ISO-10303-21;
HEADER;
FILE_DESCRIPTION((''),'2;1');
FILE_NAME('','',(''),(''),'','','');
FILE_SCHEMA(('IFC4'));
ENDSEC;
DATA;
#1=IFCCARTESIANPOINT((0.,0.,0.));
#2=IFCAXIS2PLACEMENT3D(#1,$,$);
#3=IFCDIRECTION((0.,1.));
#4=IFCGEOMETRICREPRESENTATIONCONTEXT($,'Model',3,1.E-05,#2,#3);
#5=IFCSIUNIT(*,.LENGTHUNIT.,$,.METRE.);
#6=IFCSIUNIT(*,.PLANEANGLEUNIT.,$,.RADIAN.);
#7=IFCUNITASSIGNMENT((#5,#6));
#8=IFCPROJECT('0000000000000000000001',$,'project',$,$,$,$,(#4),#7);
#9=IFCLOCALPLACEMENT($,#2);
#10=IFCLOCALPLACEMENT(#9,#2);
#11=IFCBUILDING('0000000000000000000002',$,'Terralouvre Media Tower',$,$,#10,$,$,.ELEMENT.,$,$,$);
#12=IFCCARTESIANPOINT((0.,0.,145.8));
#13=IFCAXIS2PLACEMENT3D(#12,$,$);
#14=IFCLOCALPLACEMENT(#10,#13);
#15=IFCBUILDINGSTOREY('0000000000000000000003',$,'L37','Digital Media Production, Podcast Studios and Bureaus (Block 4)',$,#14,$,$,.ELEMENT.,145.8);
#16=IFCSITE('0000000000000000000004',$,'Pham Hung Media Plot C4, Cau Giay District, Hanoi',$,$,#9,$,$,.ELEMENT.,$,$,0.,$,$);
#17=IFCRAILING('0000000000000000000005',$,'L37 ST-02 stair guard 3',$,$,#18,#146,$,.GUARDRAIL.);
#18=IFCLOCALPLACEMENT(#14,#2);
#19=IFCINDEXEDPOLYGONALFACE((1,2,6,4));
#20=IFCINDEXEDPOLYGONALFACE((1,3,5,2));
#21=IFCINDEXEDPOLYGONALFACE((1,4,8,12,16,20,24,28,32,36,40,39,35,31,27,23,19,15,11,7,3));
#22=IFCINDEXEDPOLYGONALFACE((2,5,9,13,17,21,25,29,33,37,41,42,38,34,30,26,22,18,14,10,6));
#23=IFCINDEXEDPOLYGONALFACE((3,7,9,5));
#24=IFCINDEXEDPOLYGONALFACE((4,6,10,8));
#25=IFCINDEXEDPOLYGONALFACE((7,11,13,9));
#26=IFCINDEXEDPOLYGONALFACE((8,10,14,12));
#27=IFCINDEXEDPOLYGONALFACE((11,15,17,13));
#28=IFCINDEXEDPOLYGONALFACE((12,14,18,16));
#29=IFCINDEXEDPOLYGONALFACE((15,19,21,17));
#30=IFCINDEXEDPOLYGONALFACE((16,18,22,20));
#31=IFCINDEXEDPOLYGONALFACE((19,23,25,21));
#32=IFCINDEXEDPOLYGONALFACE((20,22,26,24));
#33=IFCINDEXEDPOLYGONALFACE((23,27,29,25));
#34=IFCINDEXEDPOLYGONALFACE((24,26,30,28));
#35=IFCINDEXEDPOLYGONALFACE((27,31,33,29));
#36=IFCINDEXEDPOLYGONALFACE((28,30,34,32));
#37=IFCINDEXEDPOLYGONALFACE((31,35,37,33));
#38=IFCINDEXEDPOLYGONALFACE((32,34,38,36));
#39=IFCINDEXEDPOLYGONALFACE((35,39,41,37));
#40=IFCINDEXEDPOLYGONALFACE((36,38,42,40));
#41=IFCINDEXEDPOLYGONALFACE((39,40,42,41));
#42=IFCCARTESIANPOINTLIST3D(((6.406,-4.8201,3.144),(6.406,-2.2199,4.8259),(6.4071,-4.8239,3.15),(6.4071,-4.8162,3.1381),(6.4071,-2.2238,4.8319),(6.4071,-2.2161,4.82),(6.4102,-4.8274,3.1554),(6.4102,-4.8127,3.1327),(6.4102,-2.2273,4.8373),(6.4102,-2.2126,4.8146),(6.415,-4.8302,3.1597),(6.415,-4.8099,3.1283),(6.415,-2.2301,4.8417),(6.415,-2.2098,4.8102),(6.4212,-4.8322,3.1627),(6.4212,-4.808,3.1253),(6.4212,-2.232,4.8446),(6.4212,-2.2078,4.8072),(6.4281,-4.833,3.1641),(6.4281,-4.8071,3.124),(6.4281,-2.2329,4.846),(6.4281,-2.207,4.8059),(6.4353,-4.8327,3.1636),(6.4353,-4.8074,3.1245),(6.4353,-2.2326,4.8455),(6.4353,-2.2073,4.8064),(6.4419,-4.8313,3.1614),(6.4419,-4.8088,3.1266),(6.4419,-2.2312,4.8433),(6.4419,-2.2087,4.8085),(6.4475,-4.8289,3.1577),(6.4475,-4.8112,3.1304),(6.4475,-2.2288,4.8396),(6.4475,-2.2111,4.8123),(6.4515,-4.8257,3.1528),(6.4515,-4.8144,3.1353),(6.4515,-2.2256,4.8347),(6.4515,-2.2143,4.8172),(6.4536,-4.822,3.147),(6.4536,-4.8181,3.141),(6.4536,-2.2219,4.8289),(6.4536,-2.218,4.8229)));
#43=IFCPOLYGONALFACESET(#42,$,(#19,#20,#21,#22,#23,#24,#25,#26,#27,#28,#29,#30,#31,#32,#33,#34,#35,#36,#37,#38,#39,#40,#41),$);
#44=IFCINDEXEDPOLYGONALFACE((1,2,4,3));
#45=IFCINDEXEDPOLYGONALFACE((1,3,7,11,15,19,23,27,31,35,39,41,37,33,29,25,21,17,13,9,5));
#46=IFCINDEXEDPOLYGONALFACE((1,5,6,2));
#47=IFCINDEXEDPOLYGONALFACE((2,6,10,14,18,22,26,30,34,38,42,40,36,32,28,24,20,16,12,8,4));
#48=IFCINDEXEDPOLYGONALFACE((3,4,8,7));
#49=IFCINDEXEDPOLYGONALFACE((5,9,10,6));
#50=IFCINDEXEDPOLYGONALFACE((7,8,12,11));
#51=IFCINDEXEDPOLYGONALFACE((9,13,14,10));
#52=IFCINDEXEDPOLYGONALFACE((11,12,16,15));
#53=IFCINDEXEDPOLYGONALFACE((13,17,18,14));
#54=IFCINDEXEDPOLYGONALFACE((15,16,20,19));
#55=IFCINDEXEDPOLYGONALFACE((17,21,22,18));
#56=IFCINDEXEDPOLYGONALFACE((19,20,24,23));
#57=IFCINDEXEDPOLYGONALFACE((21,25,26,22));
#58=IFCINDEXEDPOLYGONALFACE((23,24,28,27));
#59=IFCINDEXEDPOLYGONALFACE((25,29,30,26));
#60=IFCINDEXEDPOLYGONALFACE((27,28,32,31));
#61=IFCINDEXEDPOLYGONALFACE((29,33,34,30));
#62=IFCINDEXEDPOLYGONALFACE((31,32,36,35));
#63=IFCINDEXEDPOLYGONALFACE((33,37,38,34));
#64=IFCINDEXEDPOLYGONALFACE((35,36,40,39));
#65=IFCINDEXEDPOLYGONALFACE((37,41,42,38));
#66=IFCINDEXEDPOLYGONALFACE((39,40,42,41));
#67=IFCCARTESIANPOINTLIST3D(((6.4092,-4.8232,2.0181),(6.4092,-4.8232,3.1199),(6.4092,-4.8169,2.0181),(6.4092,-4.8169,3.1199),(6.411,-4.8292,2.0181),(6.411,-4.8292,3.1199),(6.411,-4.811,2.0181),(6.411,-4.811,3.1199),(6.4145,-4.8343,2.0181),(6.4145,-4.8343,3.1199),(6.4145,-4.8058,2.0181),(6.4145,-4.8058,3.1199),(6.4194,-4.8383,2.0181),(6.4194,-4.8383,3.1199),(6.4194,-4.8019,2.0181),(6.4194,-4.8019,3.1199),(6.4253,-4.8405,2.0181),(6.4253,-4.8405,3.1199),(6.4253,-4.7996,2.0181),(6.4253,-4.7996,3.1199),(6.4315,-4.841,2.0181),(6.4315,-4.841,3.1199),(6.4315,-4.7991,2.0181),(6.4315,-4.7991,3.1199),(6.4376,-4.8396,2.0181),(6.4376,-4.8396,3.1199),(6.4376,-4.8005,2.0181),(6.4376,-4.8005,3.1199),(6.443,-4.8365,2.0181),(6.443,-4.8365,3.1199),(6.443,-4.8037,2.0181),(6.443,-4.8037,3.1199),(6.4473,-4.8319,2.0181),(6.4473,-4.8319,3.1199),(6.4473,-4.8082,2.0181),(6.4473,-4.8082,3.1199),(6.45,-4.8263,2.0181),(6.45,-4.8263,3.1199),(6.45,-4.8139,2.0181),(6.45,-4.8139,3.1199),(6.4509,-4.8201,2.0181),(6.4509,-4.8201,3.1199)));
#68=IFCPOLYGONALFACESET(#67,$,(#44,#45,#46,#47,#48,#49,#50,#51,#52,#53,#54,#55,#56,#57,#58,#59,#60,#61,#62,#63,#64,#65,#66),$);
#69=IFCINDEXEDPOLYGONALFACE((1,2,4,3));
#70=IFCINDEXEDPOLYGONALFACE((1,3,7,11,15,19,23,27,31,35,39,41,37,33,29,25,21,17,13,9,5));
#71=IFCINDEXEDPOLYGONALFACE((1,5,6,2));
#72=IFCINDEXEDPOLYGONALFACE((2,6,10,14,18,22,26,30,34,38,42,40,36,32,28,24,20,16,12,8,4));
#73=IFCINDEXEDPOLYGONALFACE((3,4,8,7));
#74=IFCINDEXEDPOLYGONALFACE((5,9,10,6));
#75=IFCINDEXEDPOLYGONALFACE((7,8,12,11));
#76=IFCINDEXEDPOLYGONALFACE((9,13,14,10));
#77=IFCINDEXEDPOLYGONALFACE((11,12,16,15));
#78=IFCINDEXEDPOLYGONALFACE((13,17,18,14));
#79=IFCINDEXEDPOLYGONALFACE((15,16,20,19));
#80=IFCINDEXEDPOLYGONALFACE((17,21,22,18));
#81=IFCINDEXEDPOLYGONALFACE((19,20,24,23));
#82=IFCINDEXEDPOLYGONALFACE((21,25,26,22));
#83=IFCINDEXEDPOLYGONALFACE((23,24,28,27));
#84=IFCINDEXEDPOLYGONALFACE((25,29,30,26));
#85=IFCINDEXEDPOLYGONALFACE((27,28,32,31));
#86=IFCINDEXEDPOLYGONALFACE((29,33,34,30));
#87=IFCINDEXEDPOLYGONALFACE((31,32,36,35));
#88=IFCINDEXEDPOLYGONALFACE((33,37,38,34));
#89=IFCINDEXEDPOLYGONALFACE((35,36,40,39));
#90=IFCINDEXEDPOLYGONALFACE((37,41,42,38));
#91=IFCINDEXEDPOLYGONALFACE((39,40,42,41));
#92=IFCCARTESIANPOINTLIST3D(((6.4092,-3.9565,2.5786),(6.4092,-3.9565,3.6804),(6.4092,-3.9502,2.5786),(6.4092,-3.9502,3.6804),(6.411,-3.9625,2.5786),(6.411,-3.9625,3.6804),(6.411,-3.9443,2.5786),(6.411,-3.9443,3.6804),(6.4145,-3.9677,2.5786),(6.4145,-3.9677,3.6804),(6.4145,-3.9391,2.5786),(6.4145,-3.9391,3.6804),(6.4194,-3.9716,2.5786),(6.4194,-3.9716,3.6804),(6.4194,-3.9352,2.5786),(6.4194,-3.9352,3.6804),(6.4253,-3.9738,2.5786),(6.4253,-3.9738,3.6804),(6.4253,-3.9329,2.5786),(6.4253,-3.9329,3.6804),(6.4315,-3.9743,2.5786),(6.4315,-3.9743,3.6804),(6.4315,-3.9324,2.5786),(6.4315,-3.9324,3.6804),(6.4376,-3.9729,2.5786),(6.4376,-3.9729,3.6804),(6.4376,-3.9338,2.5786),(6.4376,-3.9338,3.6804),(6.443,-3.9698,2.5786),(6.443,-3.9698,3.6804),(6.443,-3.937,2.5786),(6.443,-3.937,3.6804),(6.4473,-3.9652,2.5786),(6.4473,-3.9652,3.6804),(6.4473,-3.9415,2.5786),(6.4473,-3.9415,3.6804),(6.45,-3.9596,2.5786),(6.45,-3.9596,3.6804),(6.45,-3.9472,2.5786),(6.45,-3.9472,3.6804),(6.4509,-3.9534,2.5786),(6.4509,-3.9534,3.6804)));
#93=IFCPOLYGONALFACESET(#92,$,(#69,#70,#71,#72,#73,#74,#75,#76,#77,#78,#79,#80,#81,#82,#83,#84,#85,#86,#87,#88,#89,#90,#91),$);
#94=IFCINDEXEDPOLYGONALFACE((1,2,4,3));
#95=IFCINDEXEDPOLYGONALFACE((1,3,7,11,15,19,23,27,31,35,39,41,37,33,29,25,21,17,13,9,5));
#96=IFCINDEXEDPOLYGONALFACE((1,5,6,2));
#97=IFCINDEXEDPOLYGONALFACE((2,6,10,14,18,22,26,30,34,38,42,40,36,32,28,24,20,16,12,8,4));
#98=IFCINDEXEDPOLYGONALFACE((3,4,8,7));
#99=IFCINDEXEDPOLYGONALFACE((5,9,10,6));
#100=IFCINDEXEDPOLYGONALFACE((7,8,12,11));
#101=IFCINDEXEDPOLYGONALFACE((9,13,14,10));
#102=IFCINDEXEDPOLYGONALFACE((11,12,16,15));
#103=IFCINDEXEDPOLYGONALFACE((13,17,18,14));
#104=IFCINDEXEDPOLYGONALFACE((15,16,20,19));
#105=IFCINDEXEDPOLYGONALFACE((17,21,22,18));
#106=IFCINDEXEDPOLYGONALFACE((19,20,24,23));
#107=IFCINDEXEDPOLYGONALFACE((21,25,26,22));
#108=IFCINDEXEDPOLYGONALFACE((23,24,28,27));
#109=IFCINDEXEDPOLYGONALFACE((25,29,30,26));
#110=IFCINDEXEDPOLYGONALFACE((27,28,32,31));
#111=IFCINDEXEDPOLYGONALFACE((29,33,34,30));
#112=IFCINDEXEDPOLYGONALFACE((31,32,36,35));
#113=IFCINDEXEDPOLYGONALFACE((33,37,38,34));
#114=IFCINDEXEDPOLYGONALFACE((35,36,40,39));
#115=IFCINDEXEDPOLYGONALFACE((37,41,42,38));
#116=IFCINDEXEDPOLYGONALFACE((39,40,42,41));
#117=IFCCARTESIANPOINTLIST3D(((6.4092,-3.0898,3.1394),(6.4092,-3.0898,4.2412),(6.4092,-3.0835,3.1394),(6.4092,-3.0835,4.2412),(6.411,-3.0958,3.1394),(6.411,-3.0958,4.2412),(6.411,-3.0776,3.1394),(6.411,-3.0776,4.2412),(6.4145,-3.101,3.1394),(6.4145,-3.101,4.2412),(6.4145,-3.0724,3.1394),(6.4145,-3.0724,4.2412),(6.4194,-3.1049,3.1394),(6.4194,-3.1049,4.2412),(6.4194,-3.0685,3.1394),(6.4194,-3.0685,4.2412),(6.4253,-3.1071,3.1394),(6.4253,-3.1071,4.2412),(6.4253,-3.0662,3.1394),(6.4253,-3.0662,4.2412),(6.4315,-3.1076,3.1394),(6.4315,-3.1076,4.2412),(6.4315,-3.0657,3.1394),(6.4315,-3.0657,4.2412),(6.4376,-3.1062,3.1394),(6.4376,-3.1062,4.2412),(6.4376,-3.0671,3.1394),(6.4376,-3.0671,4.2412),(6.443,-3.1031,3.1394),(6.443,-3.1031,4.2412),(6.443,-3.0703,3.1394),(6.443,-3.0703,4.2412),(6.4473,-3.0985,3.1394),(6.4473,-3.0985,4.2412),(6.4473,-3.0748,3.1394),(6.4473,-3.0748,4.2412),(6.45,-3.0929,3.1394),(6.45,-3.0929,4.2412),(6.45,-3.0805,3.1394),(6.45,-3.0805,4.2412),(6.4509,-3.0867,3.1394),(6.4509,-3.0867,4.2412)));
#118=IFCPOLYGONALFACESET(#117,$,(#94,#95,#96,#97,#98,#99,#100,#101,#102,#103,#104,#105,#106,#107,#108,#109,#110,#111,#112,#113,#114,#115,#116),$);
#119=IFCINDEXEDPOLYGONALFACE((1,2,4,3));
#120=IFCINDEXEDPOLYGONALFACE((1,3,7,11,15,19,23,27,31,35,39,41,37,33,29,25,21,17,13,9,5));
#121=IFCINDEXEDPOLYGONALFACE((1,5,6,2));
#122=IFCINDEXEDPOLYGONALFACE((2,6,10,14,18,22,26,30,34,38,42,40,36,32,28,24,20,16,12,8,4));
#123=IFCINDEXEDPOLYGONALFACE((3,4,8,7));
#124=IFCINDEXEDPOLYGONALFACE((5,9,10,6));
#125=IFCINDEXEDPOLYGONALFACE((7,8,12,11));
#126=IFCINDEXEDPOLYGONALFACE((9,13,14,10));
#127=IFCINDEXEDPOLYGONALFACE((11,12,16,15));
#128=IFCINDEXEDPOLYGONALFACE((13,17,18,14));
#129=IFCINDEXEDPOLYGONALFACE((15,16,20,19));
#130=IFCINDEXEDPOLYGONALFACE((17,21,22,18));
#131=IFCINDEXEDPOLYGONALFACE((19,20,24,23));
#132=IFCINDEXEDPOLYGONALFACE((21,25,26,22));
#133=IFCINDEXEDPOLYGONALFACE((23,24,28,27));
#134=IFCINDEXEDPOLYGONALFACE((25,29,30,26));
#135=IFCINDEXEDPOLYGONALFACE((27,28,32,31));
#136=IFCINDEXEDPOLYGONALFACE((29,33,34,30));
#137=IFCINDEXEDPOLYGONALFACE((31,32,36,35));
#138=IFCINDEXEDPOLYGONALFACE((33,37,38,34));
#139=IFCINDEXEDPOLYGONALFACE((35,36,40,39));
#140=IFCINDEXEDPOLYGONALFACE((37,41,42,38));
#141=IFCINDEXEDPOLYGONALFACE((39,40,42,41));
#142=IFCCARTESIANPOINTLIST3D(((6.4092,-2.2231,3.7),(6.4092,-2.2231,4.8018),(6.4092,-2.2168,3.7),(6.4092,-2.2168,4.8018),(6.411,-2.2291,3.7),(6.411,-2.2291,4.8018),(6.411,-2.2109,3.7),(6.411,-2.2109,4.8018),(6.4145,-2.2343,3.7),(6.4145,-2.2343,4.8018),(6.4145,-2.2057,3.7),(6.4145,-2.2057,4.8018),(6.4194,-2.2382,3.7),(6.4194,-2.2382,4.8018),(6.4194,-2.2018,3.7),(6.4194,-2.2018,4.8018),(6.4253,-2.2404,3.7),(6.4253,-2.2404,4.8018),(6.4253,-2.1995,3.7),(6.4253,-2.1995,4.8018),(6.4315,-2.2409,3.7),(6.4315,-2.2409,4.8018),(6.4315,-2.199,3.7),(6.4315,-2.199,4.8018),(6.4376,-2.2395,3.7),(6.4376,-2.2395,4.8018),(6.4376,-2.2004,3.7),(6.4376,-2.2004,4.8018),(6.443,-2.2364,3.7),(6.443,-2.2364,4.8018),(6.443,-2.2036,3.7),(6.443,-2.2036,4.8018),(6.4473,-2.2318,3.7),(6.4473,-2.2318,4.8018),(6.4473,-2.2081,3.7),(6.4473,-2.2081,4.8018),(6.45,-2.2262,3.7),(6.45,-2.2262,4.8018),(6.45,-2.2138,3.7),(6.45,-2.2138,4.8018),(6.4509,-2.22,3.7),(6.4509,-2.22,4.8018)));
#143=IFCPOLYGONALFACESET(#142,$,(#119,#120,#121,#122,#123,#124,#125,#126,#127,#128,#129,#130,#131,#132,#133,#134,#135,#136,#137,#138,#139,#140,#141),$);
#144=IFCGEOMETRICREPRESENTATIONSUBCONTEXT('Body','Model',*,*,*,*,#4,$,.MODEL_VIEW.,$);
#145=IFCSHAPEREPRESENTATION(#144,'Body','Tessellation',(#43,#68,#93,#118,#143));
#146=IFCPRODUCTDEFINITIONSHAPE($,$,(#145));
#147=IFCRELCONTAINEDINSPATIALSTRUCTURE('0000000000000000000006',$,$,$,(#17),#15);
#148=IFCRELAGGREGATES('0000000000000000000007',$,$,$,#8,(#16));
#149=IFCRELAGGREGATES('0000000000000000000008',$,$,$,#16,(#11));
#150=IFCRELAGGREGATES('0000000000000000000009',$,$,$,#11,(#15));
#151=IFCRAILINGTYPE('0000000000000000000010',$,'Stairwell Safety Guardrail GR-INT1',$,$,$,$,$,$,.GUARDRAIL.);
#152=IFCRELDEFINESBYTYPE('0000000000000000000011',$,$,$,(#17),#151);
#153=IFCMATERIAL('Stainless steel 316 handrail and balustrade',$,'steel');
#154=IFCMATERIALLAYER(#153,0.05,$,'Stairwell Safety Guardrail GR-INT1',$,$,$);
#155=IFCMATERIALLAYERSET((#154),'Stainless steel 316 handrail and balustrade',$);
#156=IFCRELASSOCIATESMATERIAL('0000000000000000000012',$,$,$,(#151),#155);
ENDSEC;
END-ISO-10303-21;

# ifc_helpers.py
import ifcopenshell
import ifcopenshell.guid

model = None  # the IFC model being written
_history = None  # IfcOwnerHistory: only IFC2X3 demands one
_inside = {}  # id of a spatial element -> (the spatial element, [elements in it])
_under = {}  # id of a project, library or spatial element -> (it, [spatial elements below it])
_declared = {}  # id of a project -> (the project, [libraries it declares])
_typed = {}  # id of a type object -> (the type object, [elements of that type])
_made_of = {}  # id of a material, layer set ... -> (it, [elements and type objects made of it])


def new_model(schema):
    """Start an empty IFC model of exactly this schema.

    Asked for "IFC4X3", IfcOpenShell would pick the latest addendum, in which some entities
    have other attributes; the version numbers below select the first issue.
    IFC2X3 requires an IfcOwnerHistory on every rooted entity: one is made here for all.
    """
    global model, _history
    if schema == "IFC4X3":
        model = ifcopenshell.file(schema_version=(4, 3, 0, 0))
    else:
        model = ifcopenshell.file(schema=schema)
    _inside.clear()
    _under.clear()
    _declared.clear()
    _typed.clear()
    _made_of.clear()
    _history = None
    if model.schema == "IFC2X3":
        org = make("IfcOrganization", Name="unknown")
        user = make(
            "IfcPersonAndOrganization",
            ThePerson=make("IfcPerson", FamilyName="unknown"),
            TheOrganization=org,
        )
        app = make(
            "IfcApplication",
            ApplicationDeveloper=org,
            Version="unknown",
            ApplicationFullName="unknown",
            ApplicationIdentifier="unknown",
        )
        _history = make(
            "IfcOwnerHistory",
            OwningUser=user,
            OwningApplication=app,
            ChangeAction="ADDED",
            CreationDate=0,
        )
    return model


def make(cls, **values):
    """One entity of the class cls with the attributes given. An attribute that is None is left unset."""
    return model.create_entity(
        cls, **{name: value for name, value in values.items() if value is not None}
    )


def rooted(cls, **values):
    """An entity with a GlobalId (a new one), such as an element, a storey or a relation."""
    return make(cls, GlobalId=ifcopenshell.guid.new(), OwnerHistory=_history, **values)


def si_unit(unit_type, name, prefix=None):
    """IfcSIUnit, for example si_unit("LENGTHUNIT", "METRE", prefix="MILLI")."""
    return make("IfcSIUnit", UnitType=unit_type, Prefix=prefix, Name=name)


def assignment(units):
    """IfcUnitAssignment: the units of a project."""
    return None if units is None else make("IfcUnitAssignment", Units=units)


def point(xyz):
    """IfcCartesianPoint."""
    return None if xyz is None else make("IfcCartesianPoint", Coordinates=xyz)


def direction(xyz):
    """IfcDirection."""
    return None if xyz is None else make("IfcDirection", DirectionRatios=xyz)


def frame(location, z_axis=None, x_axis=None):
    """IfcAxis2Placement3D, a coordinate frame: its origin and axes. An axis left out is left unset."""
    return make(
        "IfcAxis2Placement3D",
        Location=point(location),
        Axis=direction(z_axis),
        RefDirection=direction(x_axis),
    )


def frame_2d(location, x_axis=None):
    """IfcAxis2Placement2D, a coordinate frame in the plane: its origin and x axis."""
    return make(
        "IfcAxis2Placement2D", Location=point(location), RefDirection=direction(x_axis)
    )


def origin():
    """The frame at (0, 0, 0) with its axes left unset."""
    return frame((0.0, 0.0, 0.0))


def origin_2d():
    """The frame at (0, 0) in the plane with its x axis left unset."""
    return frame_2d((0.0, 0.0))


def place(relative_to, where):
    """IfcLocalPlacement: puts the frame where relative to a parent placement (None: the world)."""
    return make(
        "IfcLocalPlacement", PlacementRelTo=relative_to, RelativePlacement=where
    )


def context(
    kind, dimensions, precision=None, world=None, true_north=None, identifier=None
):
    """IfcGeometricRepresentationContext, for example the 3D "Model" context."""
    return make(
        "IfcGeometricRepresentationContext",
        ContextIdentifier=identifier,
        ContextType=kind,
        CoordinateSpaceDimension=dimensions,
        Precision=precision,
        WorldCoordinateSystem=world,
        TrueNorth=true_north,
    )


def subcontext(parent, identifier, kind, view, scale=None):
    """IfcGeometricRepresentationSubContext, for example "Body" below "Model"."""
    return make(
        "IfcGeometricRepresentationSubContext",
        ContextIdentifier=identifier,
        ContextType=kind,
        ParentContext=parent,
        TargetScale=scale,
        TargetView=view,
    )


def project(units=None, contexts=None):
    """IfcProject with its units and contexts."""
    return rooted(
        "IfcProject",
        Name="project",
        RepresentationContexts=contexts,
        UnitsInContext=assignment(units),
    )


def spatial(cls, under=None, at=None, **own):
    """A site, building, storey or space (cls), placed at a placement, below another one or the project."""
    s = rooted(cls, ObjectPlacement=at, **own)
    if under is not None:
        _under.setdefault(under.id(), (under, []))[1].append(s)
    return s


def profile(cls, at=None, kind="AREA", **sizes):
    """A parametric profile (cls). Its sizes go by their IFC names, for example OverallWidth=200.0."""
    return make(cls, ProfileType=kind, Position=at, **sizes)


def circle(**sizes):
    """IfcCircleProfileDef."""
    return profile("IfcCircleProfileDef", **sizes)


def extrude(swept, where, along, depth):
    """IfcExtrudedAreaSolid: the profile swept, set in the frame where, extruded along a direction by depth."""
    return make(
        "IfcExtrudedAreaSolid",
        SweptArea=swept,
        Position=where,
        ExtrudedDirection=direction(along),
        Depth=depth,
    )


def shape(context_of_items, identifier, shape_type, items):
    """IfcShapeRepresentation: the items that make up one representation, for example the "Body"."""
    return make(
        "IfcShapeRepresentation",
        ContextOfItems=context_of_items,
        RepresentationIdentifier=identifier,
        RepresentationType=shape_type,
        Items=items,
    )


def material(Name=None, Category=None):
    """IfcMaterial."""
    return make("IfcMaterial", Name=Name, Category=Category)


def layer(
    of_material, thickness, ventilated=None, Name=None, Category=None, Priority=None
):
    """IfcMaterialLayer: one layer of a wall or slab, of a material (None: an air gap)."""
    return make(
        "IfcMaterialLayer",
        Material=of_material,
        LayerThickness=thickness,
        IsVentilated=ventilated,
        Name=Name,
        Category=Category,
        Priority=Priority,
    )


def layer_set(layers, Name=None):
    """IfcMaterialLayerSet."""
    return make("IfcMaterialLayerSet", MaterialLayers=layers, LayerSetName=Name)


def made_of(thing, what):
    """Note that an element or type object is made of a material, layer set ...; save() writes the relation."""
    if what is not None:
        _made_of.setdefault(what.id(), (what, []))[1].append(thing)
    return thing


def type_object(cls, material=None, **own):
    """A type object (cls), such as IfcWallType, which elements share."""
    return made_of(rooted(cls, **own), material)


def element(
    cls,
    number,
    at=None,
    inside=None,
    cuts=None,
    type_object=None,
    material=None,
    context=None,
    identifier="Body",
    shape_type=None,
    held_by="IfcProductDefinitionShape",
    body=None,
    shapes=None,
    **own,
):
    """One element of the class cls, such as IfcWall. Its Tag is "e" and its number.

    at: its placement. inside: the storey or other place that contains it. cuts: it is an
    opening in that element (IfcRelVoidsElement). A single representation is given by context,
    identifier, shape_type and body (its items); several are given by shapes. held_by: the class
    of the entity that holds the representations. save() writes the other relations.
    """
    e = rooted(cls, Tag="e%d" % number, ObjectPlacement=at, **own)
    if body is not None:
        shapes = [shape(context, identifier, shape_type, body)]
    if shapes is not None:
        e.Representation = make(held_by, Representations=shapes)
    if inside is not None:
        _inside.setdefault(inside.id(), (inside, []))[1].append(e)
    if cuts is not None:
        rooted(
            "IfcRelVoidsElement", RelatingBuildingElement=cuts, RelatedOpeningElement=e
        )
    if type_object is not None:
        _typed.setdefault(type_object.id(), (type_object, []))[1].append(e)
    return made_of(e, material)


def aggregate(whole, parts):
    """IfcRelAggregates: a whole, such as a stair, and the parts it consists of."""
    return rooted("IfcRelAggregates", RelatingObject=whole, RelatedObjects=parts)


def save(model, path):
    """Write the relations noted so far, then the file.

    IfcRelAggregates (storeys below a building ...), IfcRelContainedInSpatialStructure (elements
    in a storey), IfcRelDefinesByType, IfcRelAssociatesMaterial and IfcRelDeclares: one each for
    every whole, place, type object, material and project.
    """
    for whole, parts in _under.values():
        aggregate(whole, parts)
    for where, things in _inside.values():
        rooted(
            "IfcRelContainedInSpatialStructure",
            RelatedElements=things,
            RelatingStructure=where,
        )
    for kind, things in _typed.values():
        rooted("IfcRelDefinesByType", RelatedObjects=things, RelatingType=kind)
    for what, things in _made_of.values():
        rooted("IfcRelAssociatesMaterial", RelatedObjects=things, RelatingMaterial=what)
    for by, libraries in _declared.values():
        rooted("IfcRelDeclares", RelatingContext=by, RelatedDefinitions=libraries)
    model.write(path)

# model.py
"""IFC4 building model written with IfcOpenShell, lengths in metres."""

from ifc_helpers import new_model, si_unit, direction, frame, origin, origin_2d, place, context, subcontext, project, spatial, circle, extrude, material, layer, layer_set, type_object, element, save


model = new_model("IFC4")

# Units and contexts
model_context = context("Model", 3, precision=1e-05, world=origin(), true_north=direction((0.0, 1.0)))
body_context = subcontext(model_context, "Body", "Model", "MODEL_VIEW")
ifc_project = project(units=[si_unit("LENGTHUNIT", "METRE"), si_unit("PLANEANGLEUNIT", "RADIAN")], contexts=[model_context])

# Site, building, storey
site_placement = place(None, origin())
site = spatial("IfcSite", under=ifc_project, at=site_placement, Name="Pham Hung Media Plot C4, Cau Giay District, Hanoi", CompositionType="ELEMENT", RefElevation=0.0)
building_placement = place(site_placement, origin())
building = spatial("IfcBuilding", under=site, at=building_placement, Name="Terralouvre Media Tower", CompositionType="ELEMENT")
storey_placement = place(building_placement, frame((0.0, 0.0, 145.8)))
storey = spatial("IfcBuildingStorey", under=building, at=storey_placement, Name="L37", Description="Digital Media Production, Podcast Studios and Bureaus (Block 4)", CompositionType="ELEMENT", Elevation=145.8)

# Railing
ifc_material_1 = material(Name="Stainless steel 316 handrail and balustrade", Category="steel")
ifc_layer_1 = layer(ifc_material_1, 0.05, Name="Stairwell Safety Guardrail GR-INT1")
ifc_layer_set_1 = layer_set([ifc_layer_1], Name="Stainless steel 316 handrail and balustrade")
railing_type_1 = type_object("IfcRailingType", Name="Stairwell Safety Guardrail GR-INT1", PredefinedType="GUARDRAIL", material=ifc_layer_set_1)
railing_1_placement = place(storey_placement, frame((6.4299, -4.8201, 2.0181)))
element("IfcRailing", 1, at=railing_1_placement, inside=storey, type_object=railing_type_1, Name="L37 ST-02 stair guard 3", PredefinedType="GUARDRAIL", context=body_context, shape_type="SweptSolid", body=[
    extrude(circle(Radius=0.0239, at=origin_2d()), frame((0.0, 0.0, 1.126), z_axis=(0.0, 0.839648, 0.54313), x_axis=(-1.0, 0.0, 0.0)), (0.0, 0.0, 1.0), 3.0967),
    extrude(circle(Radius=0.021, at=origin_2d()), origin(), (0.0, 0.0, 1.0), 1.1018),
    extrude(circle(Radius=0.021, at=origin_2d()), frame((0.0, 0.8667, 0.5605)), (0.0, 0.0, 1.0), 1.1018),
    extrude(circle(Radius=0.021, at=origin_2d()), frame((0.0, 1.7334, 1.1213)), (0.0, 0.0, 1.0), 1.1018),
    extrude(circle(Radius=0.021, at=origin_2d()), frame((0.0, 2.6001, 1.6819)), (0.0, 0.0, 1.0), 1.1018),
])

save(model, "model.ifc")
